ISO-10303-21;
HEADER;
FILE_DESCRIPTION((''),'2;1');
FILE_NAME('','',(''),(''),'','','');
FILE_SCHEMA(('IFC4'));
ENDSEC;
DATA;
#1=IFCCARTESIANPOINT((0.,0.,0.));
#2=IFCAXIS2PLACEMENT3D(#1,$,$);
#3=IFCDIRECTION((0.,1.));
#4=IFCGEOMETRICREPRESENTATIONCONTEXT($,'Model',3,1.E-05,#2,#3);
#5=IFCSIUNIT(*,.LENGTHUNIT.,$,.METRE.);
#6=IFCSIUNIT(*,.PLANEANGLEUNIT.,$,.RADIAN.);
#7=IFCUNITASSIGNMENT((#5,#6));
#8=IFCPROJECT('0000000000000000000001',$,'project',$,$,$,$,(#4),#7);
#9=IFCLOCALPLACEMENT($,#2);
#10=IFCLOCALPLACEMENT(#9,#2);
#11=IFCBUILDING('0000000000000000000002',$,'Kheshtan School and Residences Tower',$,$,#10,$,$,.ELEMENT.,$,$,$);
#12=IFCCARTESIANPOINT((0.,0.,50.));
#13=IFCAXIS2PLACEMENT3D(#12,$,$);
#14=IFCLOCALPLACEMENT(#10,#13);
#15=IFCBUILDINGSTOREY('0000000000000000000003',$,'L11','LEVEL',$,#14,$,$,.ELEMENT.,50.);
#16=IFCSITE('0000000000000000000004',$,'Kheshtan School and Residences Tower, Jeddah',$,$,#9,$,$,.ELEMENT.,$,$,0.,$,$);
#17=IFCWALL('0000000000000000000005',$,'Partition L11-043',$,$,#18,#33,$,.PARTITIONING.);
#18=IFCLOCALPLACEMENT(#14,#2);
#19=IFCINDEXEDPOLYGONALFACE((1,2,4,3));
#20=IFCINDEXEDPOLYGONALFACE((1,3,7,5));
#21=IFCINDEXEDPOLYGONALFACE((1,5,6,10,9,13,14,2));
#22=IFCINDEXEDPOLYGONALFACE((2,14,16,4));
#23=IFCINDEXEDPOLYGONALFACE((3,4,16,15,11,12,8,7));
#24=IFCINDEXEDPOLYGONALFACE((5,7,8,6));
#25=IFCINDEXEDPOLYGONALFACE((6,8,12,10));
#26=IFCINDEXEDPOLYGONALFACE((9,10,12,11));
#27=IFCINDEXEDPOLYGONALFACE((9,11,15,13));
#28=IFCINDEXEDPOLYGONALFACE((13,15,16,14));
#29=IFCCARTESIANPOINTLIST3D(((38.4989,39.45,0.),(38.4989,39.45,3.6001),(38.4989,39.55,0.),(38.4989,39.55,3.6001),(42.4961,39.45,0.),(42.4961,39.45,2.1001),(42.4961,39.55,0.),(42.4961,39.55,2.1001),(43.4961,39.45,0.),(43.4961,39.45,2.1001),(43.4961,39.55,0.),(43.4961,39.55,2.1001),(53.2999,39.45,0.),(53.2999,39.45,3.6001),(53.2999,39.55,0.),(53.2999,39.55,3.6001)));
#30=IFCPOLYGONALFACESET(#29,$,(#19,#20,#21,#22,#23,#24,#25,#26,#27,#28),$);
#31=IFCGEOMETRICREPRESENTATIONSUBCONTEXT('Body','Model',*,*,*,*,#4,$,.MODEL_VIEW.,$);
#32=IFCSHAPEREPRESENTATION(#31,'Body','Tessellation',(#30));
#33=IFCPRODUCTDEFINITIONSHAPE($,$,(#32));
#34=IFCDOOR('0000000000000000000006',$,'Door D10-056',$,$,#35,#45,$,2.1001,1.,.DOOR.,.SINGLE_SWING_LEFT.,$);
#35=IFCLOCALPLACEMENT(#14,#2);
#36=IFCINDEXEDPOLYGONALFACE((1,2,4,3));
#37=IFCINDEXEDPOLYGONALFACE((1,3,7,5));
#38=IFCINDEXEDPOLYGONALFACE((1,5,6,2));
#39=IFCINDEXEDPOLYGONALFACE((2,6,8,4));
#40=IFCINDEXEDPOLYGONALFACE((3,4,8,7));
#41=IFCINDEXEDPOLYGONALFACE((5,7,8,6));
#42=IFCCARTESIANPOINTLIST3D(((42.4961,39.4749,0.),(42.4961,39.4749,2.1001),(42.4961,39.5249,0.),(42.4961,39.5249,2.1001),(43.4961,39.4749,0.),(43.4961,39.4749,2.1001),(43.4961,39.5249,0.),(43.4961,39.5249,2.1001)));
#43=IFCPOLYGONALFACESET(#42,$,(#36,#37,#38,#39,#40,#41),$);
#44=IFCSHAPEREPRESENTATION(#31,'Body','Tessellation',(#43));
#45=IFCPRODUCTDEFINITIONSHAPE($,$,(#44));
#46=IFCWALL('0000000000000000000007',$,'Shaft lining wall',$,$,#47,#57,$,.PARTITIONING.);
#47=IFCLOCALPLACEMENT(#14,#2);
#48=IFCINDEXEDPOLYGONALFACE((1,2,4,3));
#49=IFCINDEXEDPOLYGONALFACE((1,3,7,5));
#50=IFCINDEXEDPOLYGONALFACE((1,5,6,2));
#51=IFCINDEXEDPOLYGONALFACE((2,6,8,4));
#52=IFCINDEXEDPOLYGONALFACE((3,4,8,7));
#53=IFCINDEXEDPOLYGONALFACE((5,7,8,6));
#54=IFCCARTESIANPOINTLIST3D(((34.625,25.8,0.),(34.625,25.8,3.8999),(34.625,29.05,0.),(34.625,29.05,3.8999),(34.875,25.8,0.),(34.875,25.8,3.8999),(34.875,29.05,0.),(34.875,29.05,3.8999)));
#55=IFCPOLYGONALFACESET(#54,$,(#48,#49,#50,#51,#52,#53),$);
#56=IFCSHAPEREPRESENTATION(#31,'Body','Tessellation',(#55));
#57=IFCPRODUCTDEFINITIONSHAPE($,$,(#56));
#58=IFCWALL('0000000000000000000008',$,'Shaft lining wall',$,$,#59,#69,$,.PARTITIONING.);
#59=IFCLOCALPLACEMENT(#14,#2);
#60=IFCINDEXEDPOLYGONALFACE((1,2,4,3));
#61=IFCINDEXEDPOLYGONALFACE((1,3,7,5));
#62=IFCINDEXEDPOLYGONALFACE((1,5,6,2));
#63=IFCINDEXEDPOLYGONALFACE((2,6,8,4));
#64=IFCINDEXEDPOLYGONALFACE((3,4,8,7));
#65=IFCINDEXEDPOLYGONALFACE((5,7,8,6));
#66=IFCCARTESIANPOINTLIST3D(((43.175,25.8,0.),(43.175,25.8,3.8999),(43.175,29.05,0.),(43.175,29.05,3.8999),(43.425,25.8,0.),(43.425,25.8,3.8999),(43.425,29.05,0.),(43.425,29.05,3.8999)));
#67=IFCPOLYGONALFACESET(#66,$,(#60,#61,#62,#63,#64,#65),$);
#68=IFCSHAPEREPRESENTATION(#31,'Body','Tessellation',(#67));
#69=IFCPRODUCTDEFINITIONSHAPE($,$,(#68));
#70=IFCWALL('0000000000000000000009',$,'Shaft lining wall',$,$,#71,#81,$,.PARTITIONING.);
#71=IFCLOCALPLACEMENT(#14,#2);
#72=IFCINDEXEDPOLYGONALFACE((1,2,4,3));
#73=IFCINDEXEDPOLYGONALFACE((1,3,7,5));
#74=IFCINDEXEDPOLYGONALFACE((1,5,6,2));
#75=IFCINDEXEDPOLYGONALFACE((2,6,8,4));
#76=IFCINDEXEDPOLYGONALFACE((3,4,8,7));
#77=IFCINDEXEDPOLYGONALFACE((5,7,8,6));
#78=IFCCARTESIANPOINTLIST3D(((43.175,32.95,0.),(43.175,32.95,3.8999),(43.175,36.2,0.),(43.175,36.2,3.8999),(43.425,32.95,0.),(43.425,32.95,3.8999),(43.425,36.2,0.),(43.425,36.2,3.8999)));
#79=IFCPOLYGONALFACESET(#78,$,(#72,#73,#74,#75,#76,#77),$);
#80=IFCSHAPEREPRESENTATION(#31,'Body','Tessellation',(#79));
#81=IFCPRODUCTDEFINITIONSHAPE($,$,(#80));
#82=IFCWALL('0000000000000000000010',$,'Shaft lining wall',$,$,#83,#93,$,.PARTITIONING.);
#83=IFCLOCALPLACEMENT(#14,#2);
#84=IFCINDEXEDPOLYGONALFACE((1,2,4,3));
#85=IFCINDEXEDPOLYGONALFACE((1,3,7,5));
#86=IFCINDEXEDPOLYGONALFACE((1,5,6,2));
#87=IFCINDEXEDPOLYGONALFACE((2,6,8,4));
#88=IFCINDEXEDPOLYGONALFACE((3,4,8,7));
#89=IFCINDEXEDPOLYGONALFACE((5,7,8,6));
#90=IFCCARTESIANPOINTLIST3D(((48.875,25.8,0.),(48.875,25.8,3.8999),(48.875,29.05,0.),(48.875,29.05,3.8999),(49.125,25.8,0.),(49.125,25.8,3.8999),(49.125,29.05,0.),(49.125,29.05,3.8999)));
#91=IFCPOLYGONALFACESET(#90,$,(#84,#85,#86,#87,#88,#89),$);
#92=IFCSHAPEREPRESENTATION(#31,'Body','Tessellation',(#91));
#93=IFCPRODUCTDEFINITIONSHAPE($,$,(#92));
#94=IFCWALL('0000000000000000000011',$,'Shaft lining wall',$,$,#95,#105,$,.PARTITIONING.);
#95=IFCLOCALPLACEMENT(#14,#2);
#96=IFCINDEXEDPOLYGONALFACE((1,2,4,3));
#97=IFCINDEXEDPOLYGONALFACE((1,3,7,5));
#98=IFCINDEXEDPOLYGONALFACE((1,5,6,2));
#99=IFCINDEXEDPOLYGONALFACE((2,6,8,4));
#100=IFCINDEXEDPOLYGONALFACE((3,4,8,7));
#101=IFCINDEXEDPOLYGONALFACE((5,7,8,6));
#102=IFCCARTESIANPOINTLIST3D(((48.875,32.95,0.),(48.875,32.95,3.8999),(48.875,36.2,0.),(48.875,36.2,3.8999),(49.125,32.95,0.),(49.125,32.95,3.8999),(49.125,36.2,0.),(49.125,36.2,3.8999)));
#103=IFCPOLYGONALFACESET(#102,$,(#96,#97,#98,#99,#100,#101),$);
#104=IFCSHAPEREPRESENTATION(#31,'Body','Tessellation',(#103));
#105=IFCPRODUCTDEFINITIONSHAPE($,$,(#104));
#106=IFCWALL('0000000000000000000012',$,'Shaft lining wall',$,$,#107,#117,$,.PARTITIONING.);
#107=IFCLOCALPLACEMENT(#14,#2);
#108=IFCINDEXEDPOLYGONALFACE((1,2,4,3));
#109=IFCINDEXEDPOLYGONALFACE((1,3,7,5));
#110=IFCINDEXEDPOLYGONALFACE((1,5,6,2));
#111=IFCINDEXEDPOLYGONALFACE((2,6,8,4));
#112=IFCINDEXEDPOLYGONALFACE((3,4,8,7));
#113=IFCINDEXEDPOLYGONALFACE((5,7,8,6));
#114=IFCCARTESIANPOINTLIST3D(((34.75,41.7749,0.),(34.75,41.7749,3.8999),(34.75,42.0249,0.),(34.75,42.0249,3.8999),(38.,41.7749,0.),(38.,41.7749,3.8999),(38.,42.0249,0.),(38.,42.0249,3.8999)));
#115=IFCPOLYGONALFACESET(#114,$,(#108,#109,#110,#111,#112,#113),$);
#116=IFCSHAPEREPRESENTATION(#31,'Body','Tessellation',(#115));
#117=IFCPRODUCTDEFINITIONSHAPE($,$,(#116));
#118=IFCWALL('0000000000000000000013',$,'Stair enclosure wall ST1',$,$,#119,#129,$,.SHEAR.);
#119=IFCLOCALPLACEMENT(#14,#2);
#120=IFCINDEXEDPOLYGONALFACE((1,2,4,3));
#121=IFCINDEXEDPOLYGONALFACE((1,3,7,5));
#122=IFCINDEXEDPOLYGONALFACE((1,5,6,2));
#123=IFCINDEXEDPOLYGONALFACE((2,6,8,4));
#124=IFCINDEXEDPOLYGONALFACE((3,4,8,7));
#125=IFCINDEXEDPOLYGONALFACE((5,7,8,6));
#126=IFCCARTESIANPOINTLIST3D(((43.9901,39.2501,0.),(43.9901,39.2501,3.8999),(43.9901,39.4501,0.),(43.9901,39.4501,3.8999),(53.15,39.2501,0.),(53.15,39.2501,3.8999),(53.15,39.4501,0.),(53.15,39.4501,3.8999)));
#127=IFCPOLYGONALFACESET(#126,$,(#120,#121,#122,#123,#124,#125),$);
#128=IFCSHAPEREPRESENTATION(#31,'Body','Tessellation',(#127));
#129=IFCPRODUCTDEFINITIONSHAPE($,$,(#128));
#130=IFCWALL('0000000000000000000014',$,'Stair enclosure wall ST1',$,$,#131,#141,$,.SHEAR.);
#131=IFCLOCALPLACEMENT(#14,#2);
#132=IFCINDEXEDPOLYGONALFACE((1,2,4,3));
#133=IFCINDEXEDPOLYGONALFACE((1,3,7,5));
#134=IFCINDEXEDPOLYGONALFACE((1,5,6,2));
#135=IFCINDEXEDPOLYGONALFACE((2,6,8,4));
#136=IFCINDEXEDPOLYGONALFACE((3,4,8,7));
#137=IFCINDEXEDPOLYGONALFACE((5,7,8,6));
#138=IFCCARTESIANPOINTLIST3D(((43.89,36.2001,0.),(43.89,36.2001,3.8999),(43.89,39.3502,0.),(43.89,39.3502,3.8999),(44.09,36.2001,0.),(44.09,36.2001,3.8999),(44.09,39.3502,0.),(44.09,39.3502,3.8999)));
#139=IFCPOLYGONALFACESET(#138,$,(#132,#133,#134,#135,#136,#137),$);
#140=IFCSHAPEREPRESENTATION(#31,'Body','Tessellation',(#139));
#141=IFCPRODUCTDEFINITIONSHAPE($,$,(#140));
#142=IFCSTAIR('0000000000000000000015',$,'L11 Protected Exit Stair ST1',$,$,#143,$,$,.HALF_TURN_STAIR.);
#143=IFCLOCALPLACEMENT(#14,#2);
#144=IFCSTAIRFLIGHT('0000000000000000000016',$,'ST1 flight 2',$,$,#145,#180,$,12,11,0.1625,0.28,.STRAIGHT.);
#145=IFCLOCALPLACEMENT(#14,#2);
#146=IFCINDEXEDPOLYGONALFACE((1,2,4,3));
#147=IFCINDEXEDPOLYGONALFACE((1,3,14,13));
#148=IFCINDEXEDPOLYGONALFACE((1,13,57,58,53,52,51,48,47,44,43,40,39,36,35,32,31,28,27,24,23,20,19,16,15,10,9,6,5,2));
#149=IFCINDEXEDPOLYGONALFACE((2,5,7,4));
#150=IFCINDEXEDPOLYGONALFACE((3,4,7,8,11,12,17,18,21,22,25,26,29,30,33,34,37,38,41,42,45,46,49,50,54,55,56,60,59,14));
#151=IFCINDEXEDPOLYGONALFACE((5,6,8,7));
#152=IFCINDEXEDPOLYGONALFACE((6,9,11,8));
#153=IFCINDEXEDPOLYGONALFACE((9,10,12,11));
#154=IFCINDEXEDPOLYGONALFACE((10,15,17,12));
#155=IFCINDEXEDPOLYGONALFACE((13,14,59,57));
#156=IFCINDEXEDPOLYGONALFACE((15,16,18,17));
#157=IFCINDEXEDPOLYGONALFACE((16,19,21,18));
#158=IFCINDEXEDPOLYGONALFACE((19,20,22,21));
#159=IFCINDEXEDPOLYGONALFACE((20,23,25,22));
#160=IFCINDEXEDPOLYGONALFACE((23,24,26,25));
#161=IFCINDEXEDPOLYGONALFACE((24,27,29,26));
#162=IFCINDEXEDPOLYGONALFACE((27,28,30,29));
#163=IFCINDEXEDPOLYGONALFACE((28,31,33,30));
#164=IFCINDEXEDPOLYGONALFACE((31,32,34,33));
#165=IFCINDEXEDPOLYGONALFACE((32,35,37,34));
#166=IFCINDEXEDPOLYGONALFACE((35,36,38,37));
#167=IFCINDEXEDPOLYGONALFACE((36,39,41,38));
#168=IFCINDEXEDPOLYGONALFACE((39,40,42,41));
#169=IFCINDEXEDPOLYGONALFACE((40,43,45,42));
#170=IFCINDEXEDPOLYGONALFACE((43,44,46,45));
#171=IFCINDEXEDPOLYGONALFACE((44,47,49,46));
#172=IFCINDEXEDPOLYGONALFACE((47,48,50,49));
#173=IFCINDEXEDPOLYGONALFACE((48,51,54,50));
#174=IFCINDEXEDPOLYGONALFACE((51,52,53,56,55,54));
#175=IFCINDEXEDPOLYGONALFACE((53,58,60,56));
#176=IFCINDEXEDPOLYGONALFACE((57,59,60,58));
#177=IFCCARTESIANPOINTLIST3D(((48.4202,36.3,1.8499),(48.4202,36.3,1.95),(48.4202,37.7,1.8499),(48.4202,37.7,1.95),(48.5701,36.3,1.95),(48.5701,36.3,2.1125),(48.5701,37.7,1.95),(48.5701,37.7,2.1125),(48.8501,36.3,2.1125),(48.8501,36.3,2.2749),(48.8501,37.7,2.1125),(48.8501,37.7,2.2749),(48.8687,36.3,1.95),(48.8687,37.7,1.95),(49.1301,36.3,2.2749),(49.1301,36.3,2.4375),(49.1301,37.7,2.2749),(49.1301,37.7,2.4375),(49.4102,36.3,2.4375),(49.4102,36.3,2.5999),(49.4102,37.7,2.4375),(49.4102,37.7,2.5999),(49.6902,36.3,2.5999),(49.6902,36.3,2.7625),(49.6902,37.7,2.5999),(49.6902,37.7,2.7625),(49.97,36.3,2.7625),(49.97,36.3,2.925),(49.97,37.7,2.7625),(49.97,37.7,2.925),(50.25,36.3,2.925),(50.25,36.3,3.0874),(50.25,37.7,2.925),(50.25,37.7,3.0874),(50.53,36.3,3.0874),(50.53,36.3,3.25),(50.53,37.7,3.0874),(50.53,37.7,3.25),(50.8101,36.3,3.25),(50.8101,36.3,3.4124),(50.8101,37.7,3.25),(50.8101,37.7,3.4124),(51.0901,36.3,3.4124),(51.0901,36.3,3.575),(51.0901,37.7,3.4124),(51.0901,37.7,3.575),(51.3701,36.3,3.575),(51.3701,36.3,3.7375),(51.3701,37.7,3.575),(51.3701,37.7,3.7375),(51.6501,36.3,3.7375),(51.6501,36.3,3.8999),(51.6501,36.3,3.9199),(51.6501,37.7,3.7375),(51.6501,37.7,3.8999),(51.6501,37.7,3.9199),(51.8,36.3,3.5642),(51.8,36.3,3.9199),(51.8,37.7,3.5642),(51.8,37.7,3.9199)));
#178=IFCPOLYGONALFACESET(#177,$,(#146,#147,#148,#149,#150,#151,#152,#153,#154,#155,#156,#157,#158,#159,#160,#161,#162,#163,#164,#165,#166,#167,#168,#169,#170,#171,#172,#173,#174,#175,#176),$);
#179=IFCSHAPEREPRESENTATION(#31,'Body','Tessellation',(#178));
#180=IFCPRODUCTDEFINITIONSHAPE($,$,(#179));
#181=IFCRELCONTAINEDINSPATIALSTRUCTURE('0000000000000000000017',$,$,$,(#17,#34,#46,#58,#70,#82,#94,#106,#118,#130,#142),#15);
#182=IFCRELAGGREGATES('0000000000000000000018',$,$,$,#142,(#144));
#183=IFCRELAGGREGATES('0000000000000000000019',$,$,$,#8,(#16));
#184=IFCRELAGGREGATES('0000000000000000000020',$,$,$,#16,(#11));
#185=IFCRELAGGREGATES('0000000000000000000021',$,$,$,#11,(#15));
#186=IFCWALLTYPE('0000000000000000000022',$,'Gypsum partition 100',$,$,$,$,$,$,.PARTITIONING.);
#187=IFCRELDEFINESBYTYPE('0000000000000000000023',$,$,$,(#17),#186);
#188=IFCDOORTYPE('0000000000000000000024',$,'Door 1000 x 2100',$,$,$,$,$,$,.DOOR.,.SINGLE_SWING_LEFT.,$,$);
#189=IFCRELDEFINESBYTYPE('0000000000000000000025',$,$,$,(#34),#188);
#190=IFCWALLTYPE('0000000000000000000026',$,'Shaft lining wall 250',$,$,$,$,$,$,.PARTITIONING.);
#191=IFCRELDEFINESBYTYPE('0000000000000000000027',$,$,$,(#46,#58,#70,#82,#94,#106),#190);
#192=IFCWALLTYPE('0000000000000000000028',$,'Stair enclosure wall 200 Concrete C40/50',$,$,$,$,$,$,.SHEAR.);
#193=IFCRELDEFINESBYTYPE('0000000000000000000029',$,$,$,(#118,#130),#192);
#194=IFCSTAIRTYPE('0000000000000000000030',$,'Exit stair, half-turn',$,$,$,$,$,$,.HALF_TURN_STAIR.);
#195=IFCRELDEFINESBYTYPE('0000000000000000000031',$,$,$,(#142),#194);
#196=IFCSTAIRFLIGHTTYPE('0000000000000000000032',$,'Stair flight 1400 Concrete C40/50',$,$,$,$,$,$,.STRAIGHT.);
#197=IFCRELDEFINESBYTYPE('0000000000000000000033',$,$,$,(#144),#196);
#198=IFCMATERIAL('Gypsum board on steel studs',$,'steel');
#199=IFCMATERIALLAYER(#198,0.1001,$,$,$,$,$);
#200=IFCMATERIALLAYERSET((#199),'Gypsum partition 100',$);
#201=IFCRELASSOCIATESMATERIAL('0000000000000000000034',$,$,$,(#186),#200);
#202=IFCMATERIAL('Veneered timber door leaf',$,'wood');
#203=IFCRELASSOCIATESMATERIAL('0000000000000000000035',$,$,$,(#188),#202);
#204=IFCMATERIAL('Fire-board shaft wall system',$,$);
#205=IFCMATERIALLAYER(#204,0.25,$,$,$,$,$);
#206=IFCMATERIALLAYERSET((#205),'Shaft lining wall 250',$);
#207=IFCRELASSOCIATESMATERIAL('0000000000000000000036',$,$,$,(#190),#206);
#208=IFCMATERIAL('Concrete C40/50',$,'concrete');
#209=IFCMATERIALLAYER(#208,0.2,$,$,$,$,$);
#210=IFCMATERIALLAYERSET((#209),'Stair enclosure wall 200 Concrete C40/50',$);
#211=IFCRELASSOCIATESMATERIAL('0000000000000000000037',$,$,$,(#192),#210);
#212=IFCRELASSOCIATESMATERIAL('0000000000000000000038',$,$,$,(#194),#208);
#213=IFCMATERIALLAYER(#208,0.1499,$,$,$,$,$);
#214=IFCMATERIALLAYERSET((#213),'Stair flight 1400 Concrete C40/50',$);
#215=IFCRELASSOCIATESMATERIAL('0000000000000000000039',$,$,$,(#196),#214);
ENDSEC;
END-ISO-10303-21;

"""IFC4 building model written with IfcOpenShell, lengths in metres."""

from ifc_helpers import new_model, si_unit, direction, frame, frame_2d, origin, place, context, subcontext, project, spatial, polyline, rectangle, outline, extrude, source, transform, mapped, material, layer, layer_set, type_object, element, fill, aggregate, save


model = new_model("IFC4")

# Units and contexts
model_context = context("Model", 3, precision=1e-05, world=origin(), true_north=direction((0.0, 1.0)))
body_context = subcontext(model_context, "Body", "Model", "MODEL_VIEW")
ifc_project = project(units=[si_unit("LENGTHUNIT", "METRE"), si_unit("PLANEANGLEUNIT", "RADIAN")], contexts=[model_context])

# Site, building, storey
site_placement = place(None, origin())
site = spatial("IfcSite", under=ifc_project, at=site_placement, Name="Kheshtan School and Residences Tower, Jeddah", CompositionType="ELEMENT", RefElevation=0.0)
building_placement = place(site_placement, origin())
building = spatial("IfcBuilding", under=site, at=building_placement, Name="Kheshtan School and Residences Tower", CompositionType="ELEMENT")
storey_placement = place(building_placement, frame((0.0, 0.0, 50.0)))
storey = spatial("IfcBuildingStorey", under=building, at=storey_placement, Name="L11", Description="LEVEL", CompositionType="ELEMENT", Elevation=50.0)

# Wall, opening, door
ifc_material_1 = material(Name="Gypsum board on steel studs", Category="steel")
ifc_layer_1 = layer(ifc_material_1, 0.1001)
ifc_layer_set_1 = layer_set([ifc_layer_1], Name="Gypsum partition 100")
wall_type_1 = type_object("IfcWallType", Name="Gypsum partition 100", PredefinedType="PARTITIONING", material=ifc_layer_set_1)
wall_1_placement = place(storey_placement, frame((38.499, 39.5, 0.0), z_axis=(0.0, 0.0, 1.0), x_axis=(1.0, 0.0, 0.0)))
wall_1 = element("IfcWall", 1, at=wall_1_placement, inside=storey, type_object=wall_type_1, Name="Partition L11-043", PredefinedType="PARTITIONING", context=body_context, shape_type="SweptSolid", body=[
    extrude(rectangle(XDim=14.801, YDim=0.1001, at=frame_2d((7.4004, 0.0))), origin(), (0.0, 0.0, 1.0), 3.6001),
])
opening_1_placement = place(wall_1_placement, frame((3.9971, 0.0, 0.0)))
opening_1 = element("IfcOpeningElement", 2, at=opening_1_placement, cuts=wall_1, PredefinedType="OPENING", context=body_context, shape_type="SweptSolid", body=[
    extrude(rectangle(XDim=1.0, YDim=2.1001, at=frame_2d((0.5, 1.05))), frame((0.0, 0.0601, 0.0), z_axis=(0.0, -1.0, 0.0), x_axis=(1.0, 0.0, 0.0)), (0.0, 0.0, 1.0), 0.1201),
])
ifc_material_2 = material(Name="Veneered timber door leaf", Category="wood")
door_type_1 = type_object("IfcDoorType", Name="Door 1000 x 2100", OperationType="SINGLE_SWING_LEFT", PredefinedType="DOOR", material=ifc_material_2)
shared_shape_1 = source(origin(), body_context, "Body", "SweptSolid", [
    extrude(rectangle(XDim=1.0, YDim=2.1001, at=frame_2d((0.5, 1.05))), frame((0.0, 0.0249, 0.0), z_axis=(0.0, -1.0, 0.0), x_axis=(1.0, 0.0, 0.0)), (0.0, 0.0, 1.0), 0.05),
])
door_1_placement = place(opening_1_placement, origin())
door_1 = element("IfcDoor", 3, at=door_1_placement, inside=storey, type_object=door_type_1, Name="Door D10-056", OperationType="SINGLE_SWING_LEFT", OverallHeight=2.1001, OverallWidth=1.0, PredefinedType="DOOR", context=body_context, shape_type="MappedRepresentation", body=[
    mapped(shared_shape_1, transform((0.0, 0.0, 0.0), x_axis=(1.0, 0.0, 0.0), y_axis=(0.0, 1.0, 0.0), z_axis=(0.0, 0.0, 1.0), scale=1.0)),
])
fill(opening_1, door_1)

# Walls
ifc_material_3 = material(Name="Fire-board shaft wall system")
ifc_layer_2 = layer(ifc_material_3, 0.25)
ifc_layer_set_2 = layer_set([ifc_layer_2], Name="Shaft lining wall 250")
wall_type_2 = type_object("IfcWallType", Name="Shaft lining wall 250", PredefinedType="PARTITIONING", material=ifc_layer_set_2)
for number, where, z_axis, x_axis, name in (
    (4, (34.75, 25.8, 0.0), (0.0, 0.0, 1.0), (0.0, 1.0, 0.0), "Shaft lining wall"),
    (5, (43.3, 25.8, 0.0), (0.0, 0.0, 1.0), (0.0, 1.0, 0.0), "Shaft lining wall"),
    (6, (43.3, 32.95, 0.0), (0.0, 0.0, 1.0), (0.0, 1.0, 0.0), "Shaft lining wall"),
    (7, (49.0, 25.8, 0.0), (0.0, 0.0, 1.0), (0.0, 1.0, 0.0), "Shaft lining wall"),
    (8, (49.0, 32.95, 0.0), (0.0, 0.0, 1.0), (0.0, 1.0, 0.0), "Shaft lining wall"),
    (9, (34.75, 41.8999, 0.0), (0.0, 0.0, 1.0), (1.0, 0.0, 0.0), "Shaft lining wall"),
):
    element("IfcWall", number, at=place(storey_placement, frame(where, z_axis=z_axis, x_axis=x_axis)), inside=storey, type_object=wall_type_2, Name=name, PredefinedType="PARTITIONING", context=body_context, shape_type="SweptSolid", body=[
        extrude(rectangle(XDim=3.25, YDim=0.25, at=frame_2d((1.625, 0.0))), origin(), (0.0, 0.0, 1.0), 3.8999),
    ])
ifc_material_4 = material(Name="Concrete C40/50", Category="concrete")
ifc_layer_3 = layer(ifc_material_4, 0.2)
ifc_layer_set_3 = layer_set([ifc_layer_3], Name="Stair enclosure wall 200 Concrete C40/50")
wall_type_3 = type_object("IfcWallType", Name="Stair enclosure wall 200 Concrete C40/50", PredefinedType="SHEAR", material=ifc_layer_set_3)
wall_2_placement = place(storey_placement, frame((43.99, 39.3501, 0.0), z_axis=(0.0, 0.0, 1.0), x_axis=(1.0, 0.0, 0.0)))
element("IfcWall", 10, at=wall_2_placement, inside=storey, type_object=wall_type_3, Name="Stair enclosure wall ST1", PredefinedType="SHEAR", context=body_context, shape_type="SweptSolid", body=[
    extrude(rectangle(XDim=9.1599, YDim=0.2, at=frame_2d((4.5801, 0.0))), origin(), (0.0, 0.0, 1.0), 3.8999),
])
wall_3_placement = place(storey_placement, frame((43.99, 36.2, 0.0), z_axis=(0.0, 0.0, 1.0), x_axis=(0.0, 1.0, 0.0)))
element("IfcWall", 11, at=wall_3_placement, inside=storey, type_object=wall_type_3, Name="Stair enclosure wall ST1", PredefinedType="SHEAR", context=body_context, shape_type="SweptSolid", body=[
    extrude(rectangle(XDim=3.1501, YDim=0.2, at=frame_2d((1.5752, 0.0))), origin(), (0.0, 0.0, 1.0), 3.8999),
])

# Stair, stair flight
stair_type = type_object("IfcStairType", Name="Exit stair, half-turn", PredefinedType="HALF_TURN_STAIR", material=ifc_material_4)
stair_placement = place(storey_placement, origin())
stair = element("IfcStair", 12, at=stair_placement, inside=storey, type_object=stair_type, Name="L11 Protected Exit Stair ST1", PredefinedType="HALF_TURN_STAIR")
ifc_layer_4 = layer(ifc_material_4, 0.1499)
ifc_layer_set_4 = layer_set([ifc_layer_4], Name="Stair flight 1400 Concrete C40/50")
stair_flight_type = type_object("IfcStairFlightType", Name="Stair flight 1400 Concrete C40/50", PredefinedType="STRAIGHT", material=ifc_layer_set_4)
stair_flight_placement = place(storey_placement, frame((48.5701, 37.0, 1.95), z_axis=(0.0, 0.0, 1.0), x_axis=(1.0, 0.0, 0.0)))
stair_flight = element("IfcStairFlight", 13, at=stair_flight_placement, type_object=stair_flight_type, Name="ST1 flight 2", NumberOfRisers=12, NumberOfTreads=11, PredefinedType="STRAIGHT", RiserHeight=0.1625, TreadLength=0.28, context=body_context, shape_type="SweptSolid", body=[
    extrude(outline(polyline([(-0.1499, -0.1001), (-0.1499, 0.0), (0.0, 0.0), (0.0, 0.1626), (0.28, 0.1626), (0.28, 0.325), (0.5601, 0.325), (0.5601, 0.4875), (0.8401, 0.4875), (0.8401, 0.6499), (1.1201, 0.6499), (1.1201, 0.8125), (1.3999, 0.8125), (1.3999, 0.9751), (1.6799, 0.9751), (1.6799, 1.1375), (1.96, 1.1375), (1.96, 1.3), (2.24, 1.3), (2.24, 1.4624), (2.52, 1.4624), (2.52, 1.625), (2.8, 1.625), (2.8, 1.7876), (3.0801, 1.7876), (3.0801, 1.95), (3.0801, 1.97), (3.23, 1.97), (3.23, 1.6143), (0.2986, 0.0), (-0.1499, -0.1001)])), frame((0.0, 0.7, 0.0), z_axis=(0.0, -1.0, 0.0), x_axis=(1.0, 0.0, 0.0)), (0.0, 0.0, 1.0), 1.3999),
])
aggregate(stair, [stair_flight])

save(model, "model.ifc")
